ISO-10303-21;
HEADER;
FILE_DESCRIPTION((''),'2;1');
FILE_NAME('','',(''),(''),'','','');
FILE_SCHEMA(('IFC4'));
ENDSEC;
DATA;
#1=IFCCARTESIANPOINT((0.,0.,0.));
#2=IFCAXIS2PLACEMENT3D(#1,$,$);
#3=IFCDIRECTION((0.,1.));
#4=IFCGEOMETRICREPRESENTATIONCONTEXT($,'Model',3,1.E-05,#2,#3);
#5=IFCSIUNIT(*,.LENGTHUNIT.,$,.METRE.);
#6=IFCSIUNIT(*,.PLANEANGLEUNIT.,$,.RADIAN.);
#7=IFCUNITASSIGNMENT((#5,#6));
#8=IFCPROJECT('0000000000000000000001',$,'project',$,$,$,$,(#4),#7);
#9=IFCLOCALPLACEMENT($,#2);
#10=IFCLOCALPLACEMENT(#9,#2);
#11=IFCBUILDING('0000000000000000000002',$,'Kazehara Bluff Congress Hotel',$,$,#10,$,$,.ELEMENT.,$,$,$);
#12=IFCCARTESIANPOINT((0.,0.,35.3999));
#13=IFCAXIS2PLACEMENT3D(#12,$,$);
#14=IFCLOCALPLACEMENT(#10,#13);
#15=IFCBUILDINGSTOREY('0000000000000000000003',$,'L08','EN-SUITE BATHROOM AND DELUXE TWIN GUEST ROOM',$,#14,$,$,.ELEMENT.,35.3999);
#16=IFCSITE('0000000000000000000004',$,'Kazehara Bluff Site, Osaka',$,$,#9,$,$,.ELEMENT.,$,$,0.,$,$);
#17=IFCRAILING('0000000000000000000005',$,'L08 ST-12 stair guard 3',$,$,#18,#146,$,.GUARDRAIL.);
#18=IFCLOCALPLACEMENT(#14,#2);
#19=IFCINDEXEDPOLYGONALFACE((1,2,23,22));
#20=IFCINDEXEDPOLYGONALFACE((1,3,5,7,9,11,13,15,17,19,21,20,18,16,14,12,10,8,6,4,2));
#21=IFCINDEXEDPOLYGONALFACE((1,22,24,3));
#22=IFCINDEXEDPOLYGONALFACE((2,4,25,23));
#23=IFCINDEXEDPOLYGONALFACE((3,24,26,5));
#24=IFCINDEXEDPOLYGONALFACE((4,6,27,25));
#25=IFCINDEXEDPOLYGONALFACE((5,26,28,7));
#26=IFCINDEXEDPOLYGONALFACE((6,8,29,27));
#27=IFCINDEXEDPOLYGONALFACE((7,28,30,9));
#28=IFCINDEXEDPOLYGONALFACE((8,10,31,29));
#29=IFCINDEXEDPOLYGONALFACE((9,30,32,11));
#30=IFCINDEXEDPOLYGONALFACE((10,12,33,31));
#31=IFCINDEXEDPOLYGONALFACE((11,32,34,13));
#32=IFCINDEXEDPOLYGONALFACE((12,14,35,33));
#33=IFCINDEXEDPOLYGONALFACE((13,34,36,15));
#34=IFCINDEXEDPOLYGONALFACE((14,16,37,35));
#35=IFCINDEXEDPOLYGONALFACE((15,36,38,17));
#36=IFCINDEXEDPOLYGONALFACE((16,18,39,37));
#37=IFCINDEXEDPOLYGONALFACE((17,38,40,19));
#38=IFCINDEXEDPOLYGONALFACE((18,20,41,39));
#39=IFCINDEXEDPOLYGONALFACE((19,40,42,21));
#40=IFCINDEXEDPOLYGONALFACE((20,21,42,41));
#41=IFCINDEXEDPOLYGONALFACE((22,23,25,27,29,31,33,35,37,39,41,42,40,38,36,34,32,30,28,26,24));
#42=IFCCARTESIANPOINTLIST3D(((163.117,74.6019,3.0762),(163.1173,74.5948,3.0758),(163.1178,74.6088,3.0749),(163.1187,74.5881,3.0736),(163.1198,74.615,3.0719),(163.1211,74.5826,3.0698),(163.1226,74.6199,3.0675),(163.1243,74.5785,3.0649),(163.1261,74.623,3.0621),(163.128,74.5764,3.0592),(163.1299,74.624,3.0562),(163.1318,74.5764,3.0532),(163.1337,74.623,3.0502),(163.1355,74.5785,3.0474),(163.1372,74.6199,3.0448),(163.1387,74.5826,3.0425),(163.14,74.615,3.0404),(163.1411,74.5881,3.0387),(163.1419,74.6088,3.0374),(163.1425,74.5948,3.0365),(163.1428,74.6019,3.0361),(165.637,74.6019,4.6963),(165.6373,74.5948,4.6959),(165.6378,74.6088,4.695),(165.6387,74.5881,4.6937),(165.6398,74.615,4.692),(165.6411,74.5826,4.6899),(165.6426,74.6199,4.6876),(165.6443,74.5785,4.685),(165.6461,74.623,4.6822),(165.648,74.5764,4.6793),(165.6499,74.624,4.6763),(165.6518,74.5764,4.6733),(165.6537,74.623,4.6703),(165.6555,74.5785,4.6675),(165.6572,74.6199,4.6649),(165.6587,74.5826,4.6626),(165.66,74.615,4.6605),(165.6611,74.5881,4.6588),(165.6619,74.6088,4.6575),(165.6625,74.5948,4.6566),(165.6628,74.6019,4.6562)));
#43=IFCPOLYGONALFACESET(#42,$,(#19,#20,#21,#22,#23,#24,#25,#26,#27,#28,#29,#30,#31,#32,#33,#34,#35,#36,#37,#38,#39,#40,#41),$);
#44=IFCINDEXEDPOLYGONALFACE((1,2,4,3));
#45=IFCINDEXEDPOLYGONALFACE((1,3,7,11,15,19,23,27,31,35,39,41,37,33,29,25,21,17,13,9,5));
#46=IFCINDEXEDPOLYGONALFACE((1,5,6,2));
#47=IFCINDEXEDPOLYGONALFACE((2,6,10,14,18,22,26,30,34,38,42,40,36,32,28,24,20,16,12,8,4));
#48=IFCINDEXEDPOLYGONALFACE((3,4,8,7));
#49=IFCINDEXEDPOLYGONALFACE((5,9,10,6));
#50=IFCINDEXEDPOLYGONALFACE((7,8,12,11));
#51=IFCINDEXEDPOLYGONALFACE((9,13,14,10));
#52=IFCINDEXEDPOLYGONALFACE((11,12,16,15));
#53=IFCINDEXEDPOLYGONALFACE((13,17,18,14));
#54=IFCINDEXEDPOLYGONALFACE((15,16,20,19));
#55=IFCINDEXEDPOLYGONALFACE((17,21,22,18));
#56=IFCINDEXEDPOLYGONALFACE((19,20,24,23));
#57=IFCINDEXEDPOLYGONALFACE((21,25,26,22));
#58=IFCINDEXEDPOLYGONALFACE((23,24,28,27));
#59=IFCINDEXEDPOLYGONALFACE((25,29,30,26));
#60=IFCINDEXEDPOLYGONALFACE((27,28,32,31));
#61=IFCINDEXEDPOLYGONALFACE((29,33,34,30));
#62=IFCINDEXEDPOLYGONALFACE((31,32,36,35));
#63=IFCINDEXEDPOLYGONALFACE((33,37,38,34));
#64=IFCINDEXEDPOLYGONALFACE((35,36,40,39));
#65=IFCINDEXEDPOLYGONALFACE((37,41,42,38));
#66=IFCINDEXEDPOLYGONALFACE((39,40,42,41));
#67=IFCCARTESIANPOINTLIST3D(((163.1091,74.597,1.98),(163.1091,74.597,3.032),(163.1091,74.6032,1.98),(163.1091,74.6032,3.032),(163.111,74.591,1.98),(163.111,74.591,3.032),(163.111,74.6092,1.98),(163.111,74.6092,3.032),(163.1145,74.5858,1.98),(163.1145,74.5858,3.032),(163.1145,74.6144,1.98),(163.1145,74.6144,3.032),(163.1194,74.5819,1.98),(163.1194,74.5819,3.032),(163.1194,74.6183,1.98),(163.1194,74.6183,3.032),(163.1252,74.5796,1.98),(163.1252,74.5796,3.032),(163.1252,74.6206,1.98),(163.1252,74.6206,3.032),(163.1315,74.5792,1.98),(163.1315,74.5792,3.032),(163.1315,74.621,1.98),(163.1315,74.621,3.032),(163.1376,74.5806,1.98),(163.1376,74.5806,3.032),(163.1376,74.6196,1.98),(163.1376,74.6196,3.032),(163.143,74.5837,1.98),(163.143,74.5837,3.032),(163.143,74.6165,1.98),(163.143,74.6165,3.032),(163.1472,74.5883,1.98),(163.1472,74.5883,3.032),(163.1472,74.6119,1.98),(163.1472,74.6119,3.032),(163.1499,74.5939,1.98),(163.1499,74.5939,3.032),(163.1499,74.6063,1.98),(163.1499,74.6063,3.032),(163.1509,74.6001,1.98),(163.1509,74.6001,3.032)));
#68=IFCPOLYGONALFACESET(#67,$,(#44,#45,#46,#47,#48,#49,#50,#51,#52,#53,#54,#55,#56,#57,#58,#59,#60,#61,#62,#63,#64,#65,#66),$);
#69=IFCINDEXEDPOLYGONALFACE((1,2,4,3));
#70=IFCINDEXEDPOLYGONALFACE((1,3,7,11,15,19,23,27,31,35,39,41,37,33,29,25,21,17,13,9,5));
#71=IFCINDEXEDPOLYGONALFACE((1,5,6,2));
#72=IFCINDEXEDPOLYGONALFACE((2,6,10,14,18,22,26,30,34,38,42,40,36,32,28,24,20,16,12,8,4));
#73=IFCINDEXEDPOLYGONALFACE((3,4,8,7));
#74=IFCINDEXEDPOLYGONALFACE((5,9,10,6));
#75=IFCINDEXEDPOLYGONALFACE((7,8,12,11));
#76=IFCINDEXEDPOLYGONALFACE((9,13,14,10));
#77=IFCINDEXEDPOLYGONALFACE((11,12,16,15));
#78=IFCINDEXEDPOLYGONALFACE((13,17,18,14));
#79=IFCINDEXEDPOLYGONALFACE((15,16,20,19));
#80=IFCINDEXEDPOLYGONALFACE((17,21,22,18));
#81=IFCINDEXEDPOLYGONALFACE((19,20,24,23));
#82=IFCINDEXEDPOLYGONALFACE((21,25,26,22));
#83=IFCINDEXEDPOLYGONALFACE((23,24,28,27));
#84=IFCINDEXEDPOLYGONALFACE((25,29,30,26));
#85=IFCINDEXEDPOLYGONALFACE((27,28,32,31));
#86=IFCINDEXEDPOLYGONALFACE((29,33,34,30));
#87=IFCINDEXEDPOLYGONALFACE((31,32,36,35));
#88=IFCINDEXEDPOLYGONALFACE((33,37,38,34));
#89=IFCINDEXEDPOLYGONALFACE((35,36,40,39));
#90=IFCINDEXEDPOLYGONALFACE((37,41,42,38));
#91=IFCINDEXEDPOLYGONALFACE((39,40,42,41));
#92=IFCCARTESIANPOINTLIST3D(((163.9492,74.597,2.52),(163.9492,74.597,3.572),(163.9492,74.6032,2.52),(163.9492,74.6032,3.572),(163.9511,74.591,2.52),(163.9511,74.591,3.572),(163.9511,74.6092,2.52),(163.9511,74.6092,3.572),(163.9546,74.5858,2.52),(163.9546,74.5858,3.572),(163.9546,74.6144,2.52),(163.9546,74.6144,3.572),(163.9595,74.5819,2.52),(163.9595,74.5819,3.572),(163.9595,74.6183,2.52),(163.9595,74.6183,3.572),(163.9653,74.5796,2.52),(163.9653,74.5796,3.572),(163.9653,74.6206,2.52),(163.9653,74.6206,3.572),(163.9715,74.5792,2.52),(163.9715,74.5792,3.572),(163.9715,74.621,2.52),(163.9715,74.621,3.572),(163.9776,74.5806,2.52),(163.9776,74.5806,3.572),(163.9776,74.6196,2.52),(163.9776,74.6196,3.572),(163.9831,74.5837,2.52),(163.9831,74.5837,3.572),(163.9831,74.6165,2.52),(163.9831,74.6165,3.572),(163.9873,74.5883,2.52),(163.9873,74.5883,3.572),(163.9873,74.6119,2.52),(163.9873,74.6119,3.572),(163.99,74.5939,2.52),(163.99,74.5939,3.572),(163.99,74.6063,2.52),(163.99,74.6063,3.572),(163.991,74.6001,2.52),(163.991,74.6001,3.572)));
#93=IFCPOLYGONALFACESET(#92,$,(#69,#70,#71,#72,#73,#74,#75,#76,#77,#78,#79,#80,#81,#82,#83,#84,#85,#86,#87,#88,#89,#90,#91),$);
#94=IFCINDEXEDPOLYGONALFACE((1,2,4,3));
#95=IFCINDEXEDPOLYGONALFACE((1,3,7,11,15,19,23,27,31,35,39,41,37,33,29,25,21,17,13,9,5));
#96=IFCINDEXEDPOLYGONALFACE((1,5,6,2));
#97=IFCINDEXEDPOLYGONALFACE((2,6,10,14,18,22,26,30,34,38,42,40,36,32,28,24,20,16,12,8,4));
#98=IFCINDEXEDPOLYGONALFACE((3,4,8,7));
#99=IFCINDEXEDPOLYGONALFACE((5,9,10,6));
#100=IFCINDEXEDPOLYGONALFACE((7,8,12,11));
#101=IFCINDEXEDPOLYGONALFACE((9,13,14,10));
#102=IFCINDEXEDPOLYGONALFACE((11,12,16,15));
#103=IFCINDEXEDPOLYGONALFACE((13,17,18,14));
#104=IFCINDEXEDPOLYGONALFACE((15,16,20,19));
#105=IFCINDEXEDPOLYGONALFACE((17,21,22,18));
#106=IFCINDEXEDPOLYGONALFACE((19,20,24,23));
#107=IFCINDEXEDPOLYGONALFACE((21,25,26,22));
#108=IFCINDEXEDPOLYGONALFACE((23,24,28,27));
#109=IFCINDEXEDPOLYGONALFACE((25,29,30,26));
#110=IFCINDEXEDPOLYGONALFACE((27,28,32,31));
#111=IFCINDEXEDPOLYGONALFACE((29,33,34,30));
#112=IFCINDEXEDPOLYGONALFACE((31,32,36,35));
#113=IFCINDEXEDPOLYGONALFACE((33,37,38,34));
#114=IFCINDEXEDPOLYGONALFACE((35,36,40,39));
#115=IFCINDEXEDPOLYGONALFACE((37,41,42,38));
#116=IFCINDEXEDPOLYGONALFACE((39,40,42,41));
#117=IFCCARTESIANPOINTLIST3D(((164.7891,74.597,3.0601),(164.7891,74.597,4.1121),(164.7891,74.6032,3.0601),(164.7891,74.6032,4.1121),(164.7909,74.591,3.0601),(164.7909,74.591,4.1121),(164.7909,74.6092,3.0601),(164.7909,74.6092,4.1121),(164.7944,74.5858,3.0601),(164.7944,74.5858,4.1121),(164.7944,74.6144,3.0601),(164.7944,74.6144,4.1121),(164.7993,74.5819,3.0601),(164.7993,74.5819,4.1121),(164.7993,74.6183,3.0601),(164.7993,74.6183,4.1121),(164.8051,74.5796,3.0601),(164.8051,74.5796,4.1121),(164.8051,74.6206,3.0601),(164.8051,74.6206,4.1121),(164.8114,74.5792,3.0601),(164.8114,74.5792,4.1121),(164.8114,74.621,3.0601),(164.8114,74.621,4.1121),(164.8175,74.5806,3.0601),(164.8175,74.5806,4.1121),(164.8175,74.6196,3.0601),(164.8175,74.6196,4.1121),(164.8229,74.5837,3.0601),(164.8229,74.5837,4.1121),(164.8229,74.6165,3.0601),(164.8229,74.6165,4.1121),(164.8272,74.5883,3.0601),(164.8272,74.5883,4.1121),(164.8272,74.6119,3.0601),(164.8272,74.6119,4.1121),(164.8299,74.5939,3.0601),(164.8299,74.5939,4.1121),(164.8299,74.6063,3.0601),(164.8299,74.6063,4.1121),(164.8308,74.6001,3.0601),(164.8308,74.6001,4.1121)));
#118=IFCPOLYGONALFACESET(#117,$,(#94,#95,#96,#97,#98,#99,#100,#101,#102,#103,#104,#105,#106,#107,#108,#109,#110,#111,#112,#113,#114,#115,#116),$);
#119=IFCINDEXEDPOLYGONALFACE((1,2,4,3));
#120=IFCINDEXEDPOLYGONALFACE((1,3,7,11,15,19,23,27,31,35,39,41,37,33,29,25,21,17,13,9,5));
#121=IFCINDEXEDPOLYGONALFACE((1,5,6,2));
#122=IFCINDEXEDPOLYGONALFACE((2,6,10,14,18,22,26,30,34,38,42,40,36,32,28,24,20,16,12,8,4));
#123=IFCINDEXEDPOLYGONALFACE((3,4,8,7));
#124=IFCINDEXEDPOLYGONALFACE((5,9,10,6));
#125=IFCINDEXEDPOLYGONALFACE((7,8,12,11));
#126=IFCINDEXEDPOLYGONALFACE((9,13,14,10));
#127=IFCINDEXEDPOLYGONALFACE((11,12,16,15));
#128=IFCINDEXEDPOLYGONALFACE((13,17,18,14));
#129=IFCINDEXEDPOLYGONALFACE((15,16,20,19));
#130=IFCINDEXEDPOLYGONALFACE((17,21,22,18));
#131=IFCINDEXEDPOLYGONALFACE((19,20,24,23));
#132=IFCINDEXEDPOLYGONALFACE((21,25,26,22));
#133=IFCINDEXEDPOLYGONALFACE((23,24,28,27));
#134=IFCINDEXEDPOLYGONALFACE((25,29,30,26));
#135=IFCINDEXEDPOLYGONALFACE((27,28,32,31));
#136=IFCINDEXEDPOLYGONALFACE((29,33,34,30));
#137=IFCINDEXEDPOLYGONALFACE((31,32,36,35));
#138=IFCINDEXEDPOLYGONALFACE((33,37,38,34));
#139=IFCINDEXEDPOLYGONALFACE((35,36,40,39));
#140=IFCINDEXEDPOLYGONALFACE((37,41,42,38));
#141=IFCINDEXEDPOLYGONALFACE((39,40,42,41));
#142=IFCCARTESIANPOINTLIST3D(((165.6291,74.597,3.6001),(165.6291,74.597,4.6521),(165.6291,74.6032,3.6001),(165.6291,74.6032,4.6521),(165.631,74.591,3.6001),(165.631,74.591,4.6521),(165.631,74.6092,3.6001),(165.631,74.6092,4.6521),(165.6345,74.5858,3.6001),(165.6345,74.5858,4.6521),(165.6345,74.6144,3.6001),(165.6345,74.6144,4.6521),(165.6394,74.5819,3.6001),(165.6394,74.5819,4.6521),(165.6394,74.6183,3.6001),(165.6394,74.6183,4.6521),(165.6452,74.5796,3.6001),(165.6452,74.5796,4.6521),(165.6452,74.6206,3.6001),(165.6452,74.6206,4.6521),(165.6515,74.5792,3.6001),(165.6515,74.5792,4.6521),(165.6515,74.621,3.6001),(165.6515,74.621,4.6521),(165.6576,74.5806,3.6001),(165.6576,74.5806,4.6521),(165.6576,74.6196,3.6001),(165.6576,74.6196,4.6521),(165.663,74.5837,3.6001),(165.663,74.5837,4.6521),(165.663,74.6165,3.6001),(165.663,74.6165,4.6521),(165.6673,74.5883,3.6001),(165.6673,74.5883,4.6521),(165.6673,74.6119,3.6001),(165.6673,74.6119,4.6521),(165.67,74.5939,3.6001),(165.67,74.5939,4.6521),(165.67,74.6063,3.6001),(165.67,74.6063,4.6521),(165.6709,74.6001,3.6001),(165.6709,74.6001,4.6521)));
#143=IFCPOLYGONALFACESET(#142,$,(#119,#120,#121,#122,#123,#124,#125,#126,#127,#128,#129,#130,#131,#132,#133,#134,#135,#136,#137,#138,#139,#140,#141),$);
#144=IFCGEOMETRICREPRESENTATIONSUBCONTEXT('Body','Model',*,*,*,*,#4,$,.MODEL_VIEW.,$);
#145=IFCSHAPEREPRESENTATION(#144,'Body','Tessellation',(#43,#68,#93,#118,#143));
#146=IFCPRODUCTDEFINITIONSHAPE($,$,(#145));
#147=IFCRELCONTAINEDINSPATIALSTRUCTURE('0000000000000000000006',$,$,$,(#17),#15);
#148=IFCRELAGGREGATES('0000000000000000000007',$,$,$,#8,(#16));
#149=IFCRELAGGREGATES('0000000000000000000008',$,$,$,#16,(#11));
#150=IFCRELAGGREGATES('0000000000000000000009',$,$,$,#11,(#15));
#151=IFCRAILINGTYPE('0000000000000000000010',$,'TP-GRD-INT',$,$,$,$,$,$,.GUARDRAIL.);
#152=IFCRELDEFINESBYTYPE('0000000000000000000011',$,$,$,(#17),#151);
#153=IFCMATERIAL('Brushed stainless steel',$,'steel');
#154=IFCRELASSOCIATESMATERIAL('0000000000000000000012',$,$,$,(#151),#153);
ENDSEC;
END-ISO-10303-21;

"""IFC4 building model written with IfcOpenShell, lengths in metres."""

from ifc_helpers import new_model, si_unit, direction, frame, origin, origin_2d, place, context, subcontext, project, spatial, circle, extrude, material, type_object, element, save


model = new_model("IFC4")

# Units and contexts
model_context = context("Model", 3, precision=1e-05, world=origin(), true_north=direction((0.0, 1.0)))
body_context = subcontext(model_context, "Body", "Model", "MODEL_VIEW")
ifc_project = project(units=[si_unit("LENGTHUNIT", "METRE"), si_unit("PLANEANGLEUNIT", "RADIAN")], contexts=[model_context])

# Site, building, storey
site_placement = place(None, origin())
site = spatial("IfcSite", under=ifc_project, at=site_placement, Name="Kazehara Bluff Site, Osaka", CompositionType="ELEMENT", RefElevation=0.0)
building_placement = place(site_placement, origin())
building = spatial("IfcBuilding", under=site, at=building_placement, Name="Kazehara Bluff Congress Hotel", CompositionType="ELEMENT")
storey_placement = place(building_placement, frame((0.0, 0.0, 35.3999)))
storey = spatial("IfcBuildingStorey", under=building, at=storey_placement, Name="L08", Description="EN-SUITE BATHROOM AND DELUXE TWIN GUEST ROOM", CompositionType="ELEMENT", Elevation=35.3999)

# Railing
ifc_material_1 = material(Name="Brushed stainless steel", Category="steel")
railing_type_1 = type_object("IfcRailingType", Name="TP-GRD-INT", PredefinedType="GUARDRAIL", material=ifc_material_1)
railing_1_placement = place(storey_placement, frame((163.1299, 74.6001, 1.98)))
element("IfcRailing", 1, at=railing_1_placement, inside=storey, type_object=railing_type_1, Name="L08 ST-12 stair guard 3", PredefinedType="GUARDRAIL", context=body_context, shape_type="SweptSolid", body=[
    extrude(circle(Radius=0.0239, at=origin_2d()), frame((0.0, 0.0, 1.0762), z_axis=(0.841163, 0.0, 0.540782), x_axis=(0.0, 1.0, 0.0)), (0.0, 0.0, 1.0), 2.9958),
    extrude(circle(Radius=0.021, at=origin_2d()), origin(), (0.0, 0.0, 1.0), 1.052),
    extrude(circle(Radius=0.021, at=origin_2d()), frame((0.8401, 0.0, 0.54)), (0.0, 0.0, 1.0), 1.052),
    extrude(circle(Radius=0.021, at=origin_2d()), frame((1.6799, 0.0, 1.0801)), (0.0, 0.0, 1.0), 1.052),
    extrude(circle(Radius=0.021, at=origin_2d()), frame((2.52, 0.0, 1.6201)), (0.0, 0.0, 1.0), 1.052),
])

save(model, "model.ifc")
